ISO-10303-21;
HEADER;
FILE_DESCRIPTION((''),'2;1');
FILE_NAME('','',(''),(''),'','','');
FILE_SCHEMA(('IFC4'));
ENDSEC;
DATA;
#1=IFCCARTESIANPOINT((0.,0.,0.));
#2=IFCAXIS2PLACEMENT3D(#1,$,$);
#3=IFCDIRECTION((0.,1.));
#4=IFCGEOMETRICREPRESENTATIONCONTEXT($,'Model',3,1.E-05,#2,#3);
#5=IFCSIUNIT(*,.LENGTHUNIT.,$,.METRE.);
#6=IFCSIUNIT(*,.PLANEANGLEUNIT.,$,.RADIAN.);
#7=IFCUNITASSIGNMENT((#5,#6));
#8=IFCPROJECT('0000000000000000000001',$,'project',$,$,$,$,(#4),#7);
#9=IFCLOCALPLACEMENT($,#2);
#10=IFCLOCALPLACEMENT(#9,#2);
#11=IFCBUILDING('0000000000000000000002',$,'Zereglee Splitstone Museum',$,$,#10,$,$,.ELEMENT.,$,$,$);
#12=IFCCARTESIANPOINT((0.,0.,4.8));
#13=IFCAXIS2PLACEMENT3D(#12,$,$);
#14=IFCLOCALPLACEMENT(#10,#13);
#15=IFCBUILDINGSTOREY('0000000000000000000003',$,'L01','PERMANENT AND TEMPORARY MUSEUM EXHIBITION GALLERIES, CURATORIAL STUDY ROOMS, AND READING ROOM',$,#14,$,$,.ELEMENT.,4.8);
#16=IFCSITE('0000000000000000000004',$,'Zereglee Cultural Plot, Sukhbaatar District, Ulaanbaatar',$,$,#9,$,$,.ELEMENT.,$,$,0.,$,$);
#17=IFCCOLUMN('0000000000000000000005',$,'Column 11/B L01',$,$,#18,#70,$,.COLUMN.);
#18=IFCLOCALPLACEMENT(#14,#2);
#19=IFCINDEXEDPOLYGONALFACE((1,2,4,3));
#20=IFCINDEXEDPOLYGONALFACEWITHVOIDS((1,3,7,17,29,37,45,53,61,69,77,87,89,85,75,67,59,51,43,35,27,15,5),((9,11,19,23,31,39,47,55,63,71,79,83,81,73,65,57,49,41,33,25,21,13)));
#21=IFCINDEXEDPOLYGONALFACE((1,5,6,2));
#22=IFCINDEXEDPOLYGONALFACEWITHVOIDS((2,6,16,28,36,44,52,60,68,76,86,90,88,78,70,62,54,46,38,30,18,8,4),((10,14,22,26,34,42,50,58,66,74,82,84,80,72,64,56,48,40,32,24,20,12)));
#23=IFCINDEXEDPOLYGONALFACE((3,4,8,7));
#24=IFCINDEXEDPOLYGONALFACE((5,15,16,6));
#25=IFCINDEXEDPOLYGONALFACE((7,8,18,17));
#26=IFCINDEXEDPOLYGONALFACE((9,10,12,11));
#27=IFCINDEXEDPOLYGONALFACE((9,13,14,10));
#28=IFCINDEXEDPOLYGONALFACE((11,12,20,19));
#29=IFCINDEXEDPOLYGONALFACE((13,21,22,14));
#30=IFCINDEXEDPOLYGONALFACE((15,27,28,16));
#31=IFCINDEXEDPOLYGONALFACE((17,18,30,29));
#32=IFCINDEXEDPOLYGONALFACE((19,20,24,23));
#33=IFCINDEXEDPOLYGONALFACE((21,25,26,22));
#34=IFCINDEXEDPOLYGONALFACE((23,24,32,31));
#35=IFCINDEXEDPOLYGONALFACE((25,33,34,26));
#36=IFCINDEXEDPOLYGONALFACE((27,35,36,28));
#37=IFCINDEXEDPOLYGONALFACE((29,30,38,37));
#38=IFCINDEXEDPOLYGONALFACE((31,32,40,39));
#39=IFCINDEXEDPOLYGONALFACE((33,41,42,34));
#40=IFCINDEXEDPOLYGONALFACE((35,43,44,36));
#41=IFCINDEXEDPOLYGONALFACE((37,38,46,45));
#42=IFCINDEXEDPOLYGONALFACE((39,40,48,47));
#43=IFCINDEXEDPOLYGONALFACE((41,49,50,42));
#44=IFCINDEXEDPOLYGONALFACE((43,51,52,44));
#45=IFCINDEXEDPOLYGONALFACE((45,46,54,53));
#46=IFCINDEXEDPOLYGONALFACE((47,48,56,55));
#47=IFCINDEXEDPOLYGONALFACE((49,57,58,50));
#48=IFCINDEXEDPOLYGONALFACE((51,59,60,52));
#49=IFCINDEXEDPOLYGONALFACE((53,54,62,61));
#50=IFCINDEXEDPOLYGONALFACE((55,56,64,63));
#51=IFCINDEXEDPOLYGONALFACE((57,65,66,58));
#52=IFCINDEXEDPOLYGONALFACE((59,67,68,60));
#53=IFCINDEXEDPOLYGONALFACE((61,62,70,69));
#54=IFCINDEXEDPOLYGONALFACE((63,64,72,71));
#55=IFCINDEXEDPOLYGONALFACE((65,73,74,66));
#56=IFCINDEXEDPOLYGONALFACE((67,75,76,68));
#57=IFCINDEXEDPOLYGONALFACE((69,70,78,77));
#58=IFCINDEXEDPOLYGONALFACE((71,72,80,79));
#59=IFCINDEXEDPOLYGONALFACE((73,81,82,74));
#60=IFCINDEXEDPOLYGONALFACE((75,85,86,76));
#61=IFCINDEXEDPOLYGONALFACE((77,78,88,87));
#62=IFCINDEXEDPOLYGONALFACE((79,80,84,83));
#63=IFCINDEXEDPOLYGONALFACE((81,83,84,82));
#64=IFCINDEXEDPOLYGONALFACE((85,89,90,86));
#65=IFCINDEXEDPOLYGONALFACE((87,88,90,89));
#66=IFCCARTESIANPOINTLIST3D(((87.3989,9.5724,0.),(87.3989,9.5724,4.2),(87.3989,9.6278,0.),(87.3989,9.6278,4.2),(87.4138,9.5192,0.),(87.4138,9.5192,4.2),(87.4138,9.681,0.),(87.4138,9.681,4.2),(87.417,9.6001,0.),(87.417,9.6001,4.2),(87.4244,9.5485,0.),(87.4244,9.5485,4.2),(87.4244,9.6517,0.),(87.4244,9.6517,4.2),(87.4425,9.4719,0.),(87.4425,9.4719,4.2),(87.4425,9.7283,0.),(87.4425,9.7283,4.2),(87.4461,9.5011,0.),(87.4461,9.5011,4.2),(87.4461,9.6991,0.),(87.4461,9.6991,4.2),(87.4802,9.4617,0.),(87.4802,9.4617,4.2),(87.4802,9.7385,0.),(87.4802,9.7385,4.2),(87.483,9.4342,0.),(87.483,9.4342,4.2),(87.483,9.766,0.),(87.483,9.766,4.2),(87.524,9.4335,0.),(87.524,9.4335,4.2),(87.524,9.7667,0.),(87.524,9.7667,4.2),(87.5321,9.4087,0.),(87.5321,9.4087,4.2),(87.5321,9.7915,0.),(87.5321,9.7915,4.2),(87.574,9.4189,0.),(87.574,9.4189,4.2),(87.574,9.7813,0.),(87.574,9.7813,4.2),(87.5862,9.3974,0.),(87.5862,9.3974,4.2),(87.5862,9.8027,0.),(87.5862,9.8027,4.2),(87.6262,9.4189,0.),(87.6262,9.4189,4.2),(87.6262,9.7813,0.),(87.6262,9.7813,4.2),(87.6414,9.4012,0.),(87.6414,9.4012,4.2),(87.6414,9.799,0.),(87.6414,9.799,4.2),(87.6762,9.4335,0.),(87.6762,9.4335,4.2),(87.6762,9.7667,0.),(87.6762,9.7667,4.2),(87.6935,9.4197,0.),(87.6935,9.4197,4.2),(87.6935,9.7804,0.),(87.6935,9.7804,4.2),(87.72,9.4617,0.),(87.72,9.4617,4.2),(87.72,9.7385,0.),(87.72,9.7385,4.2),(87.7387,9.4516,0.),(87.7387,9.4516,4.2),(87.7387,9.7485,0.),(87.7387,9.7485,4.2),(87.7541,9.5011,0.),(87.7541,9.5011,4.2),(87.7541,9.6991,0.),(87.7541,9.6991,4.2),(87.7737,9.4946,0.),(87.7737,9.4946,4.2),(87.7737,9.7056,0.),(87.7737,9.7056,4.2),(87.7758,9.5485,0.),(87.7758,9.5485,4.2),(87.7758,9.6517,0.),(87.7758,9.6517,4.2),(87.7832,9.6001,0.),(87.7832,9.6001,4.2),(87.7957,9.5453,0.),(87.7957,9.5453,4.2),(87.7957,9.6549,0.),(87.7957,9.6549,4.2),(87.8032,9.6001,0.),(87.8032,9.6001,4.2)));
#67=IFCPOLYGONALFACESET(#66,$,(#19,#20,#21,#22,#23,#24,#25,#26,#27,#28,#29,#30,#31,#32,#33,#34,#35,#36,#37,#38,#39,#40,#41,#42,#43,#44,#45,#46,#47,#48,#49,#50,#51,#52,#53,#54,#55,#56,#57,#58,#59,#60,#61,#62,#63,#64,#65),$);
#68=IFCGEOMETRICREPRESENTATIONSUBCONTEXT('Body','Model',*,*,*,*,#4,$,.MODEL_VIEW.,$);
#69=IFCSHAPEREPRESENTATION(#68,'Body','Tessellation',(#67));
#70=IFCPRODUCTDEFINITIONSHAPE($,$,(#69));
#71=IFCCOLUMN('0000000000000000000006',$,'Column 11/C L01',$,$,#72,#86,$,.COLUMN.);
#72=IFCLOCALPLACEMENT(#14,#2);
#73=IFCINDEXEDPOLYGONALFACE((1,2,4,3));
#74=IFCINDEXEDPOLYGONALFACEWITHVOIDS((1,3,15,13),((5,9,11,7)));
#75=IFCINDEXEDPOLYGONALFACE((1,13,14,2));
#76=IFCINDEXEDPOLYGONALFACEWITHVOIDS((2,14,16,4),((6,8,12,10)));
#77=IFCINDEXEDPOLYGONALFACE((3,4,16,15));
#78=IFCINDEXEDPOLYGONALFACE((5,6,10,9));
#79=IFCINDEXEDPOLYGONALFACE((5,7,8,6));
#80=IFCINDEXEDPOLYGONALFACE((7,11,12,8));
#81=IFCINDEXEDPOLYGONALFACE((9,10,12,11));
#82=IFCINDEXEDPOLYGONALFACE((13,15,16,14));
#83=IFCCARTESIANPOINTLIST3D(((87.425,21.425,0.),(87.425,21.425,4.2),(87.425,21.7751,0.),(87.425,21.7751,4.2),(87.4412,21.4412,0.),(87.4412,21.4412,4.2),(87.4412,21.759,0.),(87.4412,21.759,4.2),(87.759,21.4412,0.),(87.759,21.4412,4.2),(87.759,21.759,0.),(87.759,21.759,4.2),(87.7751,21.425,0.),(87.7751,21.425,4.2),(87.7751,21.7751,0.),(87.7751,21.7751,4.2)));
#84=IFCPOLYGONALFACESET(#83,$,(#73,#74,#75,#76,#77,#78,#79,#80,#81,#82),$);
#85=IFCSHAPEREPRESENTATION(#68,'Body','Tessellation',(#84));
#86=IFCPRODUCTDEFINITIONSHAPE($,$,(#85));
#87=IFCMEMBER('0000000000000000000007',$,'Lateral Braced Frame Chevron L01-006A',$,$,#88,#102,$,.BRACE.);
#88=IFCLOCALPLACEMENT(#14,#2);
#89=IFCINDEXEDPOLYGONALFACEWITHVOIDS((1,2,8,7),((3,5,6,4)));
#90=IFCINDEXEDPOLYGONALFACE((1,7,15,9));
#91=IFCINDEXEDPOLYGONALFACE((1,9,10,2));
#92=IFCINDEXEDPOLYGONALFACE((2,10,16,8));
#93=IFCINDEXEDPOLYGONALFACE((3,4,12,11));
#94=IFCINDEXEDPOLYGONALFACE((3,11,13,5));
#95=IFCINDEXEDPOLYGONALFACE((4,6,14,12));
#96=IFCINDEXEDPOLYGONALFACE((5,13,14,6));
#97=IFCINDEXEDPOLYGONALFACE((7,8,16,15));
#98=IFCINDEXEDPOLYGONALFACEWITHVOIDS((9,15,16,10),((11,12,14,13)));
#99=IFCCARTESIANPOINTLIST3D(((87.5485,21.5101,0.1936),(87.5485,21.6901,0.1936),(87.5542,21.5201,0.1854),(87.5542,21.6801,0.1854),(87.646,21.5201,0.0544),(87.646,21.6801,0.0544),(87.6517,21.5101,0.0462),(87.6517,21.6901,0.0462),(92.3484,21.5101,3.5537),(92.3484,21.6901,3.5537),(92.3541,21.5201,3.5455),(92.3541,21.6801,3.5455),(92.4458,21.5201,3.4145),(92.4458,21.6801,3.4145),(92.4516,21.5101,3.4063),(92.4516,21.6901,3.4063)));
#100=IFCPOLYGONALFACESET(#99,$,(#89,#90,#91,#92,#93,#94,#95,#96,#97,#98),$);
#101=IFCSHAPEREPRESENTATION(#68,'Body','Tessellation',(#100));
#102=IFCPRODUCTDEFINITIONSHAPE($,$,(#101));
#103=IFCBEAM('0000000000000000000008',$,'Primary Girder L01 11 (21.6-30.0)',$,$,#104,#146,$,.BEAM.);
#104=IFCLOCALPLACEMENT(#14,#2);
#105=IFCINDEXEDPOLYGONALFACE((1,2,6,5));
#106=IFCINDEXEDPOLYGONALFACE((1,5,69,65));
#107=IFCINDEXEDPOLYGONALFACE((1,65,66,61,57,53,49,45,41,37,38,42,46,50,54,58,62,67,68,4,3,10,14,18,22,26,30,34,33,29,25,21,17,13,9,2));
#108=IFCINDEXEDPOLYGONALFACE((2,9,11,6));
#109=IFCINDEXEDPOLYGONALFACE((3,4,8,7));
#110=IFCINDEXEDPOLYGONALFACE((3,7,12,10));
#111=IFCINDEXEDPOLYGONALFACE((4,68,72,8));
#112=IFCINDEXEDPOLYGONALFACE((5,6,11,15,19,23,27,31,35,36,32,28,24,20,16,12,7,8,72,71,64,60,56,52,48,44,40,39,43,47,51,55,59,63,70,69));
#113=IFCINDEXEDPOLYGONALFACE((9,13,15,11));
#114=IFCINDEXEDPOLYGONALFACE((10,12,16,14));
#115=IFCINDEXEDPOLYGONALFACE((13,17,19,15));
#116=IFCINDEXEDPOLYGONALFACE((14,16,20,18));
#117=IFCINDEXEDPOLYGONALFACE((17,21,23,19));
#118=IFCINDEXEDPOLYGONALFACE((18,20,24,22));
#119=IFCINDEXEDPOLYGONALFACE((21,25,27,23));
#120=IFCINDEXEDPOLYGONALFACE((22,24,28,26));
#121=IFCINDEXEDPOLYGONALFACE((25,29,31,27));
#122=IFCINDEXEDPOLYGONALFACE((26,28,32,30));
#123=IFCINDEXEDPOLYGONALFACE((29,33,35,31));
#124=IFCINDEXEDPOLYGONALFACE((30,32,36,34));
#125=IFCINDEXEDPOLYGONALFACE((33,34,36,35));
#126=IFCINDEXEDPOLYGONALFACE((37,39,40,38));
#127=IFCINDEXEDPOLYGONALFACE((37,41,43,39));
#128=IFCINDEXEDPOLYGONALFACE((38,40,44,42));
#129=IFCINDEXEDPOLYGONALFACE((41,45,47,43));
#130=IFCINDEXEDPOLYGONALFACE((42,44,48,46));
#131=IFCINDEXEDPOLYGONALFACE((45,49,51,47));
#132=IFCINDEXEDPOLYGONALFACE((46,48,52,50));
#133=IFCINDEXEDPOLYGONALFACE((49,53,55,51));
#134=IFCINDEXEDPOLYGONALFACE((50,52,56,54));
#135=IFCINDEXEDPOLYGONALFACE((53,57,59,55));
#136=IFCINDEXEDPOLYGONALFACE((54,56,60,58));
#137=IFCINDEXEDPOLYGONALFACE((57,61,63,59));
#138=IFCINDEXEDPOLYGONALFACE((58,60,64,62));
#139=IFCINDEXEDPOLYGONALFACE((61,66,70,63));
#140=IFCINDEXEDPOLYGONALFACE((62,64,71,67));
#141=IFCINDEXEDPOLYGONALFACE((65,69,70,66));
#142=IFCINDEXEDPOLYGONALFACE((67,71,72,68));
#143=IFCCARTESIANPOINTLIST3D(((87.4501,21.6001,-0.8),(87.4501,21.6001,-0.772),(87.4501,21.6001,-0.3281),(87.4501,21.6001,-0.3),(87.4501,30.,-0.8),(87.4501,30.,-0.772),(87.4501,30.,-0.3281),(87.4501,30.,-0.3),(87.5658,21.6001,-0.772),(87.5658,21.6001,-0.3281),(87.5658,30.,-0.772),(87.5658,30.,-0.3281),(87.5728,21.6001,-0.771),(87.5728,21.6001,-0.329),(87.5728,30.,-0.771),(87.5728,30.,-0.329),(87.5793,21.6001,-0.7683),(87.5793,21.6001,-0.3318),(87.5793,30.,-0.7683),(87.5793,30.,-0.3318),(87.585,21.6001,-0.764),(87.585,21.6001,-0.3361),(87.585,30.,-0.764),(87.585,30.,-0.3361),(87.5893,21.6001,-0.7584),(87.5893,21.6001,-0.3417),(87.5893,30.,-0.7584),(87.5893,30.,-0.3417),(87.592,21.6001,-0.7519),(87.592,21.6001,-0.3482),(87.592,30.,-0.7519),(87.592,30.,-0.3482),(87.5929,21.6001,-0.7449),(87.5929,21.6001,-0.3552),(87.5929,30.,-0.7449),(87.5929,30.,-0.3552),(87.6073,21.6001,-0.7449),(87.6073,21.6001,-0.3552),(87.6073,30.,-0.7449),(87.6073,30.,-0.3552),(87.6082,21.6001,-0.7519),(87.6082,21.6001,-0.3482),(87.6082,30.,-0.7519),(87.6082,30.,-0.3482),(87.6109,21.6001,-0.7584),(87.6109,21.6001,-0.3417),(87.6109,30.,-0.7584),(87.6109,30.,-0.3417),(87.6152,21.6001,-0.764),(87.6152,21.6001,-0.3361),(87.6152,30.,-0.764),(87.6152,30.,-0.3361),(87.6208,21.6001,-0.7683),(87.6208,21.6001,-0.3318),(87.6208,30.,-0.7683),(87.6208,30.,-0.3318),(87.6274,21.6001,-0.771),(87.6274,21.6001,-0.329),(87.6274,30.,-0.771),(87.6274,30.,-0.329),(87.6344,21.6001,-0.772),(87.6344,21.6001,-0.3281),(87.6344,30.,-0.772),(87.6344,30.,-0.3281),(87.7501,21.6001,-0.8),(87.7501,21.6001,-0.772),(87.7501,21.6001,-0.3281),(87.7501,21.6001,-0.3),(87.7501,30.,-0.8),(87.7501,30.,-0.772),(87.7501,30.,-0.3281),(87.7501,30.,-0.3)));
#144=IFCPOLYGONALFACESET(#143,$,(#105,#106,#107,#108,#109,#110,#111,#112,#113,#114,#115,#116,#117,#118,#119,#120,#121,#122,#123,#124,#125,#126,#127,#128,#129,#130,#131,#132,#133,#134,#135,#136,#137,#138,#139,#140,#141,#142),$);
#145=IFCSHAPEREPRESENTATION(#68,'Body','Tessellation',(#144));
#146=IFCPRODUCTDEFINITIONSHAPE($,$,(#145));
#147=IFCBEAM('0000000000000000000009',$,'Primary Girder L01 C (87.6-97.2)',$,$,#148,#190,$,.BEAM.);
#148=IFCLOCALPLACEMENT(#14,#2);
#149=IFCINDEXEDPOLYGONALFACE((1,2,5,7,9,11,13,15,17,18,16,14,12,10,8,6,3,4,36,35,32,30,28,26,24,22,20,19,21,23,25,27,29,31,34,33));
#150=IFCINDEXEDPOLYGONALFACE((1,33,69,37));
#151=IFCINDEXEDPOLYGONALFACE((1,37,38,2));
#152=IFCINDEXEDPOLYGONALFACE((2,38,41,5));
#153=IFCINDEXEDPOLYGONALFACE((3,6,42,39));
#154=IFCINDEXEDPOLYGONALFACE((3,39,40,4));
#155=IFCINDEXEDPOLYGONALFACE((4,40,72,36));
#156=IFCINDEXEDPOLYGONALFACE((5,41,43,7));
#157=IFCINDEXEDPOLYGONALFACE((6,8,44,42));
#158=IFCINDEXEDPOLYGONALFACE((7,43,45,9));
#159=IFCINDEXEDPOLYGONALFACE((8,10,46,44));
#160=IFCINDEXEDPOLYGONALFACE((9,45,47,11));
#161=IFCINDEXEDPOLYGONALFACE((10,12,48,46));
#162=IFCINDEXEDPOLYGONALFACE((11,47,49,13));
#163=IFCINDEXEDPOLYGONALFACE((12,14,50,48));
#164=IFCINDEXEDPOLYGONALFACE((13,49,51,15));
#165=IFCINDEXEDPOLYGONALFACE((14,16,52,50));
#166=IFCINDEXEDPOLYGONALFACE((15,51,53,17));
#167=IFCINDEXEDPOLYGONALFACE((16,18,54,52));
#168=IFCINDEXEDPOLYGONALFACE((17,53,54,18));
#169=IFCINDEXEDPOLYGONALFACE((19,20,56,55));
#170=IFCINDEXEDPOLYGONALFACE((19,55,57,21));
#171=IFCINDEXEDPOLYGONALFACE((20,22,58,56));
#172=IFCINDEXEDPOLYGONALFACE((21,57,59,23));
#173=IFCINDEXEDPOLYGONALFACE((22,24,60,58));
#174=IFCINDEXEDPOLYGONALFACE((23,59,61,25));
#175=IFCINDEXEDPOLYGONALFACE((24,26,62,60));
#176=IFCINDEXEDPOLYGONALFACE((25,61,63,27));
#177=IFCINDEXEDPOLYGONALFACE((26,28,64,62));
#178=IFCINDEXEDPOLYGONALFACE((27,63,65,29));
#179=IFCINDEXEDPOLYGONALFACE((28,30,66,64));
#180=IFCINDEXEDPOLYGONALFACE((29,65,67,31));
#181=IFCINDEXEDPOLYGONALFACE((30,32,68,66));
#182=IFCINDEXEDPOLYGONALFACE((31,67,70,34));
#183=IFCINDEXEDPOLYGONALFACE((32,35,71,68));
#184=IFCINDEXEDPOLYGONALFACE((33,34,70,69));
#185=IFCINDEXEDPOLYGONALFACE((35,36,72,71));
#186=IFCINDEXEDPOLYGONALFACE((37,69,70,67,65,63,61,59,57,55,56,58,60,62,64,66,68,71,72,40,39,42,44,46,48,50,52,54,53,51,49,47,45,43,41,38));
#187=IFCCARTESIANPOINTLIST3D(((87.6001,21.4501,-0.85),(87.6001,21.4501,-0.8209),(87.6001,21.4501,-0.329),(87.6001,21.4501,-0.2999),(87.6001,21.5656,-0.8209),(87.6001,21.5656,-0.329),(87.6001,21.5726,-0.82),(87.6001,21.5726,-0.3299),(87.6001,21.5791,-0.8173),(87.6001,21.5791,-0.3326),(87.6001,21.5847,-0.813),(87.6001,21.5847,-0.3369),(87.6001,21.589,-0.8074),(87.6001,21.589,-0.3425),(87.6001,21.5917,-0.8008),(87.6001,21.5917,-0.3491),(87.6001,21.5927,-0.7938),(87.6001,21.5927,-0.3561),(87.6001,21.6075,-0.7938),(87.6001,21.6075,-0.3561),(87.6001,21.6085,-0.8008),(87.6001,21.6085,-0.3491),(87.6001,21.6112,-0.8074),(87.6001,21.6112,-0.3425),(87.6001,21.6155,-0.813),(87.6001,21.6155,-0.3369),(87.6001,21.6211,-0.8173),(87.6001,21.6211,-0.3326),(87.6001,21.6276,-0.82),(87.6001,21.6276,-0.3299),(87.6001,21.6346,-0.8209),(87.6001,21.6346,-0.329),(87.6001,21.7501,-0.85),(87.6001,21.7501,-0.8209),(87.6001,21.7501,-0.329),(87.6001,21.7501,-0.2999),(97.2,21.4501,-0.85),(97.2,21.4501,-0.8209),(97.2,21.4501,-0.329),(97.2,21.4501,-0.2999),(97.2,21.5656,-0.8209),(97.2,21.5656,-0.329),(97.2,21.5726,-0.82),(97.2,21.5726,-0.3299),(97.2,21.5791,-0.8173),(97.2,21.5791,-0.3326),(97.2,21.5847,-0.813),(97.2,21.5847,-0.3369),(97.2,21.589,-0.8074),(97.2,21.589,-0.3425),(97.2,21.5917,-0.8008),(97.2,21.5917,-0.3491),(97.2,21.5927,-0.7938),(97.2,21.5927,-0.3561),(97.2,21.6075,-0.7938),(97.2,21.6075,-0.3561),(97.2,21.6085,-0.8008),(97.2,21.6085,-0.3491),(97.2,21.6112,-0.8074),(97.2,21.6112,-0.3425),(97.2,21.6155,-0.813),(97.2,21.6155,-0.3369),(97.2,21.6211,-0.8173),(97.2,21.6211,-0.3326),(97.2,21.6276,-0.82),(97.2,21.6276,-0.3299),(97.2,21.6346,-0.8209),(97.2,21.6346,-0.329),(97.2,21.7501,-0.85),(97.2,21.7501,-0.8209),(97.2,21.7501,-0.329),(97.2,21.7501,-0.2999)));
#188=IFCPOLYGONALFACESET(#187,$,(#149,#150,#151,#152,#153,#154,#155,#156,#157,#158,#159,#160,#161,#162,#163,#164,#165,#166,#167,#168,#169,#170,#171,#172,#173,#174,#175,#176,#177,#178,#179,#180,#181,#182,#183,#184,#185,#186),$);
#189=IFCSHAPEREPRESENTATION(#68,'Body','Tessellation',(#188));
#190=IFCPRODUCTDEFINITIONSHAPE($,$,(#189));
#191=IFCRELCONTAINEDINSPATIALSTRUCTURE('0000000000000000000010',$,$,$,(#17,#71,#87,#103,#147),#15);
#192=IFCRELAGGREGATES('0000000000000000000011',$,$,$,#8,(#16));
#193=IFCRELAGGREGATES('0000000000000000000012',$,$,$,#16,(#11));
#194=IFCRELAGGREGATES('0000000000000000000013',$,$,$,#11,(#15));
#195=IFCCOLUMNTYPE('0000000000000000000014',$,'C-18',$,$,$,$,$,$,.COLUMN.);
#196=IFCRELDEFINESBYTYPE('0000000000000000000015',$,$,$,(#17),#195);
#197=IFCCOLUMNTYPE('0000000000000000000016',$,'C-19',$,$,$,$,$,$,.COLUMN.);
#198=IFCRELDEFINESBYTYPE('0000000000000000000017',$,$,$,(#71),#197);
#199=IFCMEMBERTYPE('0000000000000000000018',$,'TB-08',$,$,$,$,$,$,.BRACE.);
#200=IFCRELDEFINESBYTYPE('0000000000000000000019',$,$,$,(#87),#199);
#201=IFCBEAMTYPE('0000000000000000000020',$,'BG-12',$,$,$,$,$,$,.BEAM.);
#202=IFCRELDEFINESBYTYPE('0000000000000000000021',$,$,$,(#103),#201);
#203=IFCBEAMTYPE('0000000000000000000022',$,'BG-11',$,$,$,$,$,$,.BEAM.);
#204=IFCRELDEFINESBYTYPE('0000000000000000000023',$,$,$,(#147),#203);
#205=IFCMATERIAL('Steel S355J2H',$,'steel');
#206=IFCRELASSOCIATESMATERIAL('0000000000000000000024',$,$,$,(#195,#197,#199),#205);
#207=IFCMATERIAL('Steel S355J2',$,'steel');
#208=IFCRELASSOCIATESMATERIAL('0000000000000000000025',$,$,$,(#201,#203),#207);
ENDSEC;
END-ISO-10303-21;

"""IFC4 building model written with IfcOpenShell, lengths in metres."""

from ifc_helpers import new_model, si_unit, direction, frame, origin, origin_2d, place, context, subcontext, project, spatial, hollow_rectangle, hollow_circle, i_section, extrude, material, material_profile, profile_set, type_object, element, save


model = new_model("IFC4")

# Units and contexts
model_context = context("Model", 3, precision=1e-05, world=origin(), true_north=direction((0.0, 1.0)))
body_context = subcontext(model_context, "Body", "Model", "MODEL_VIEW")
ifc_project = project(units=[si_unit("LENGTHUNIT", "METRE"), si_unit("PLANEANGLEUNIT", "RADIAN")], contexts=[model_context])

# Site, building, storey
site_placement = place(None, origin())
site = spatial("IfcSite", under=ifc_project, at=site_placement, Name="Zereglee Cultural Plot, Sukhbaatar District, Ulaanbaatar", CompositionType="ELEMENT", RefElevation=0.0)
building_placement = place(site_placement, origin())
building = spatial("IfcBuilding", under=site, at=building_placement, Name="Zereglee Splitstone Museum", CompositionType="ELEMENT")
storey_placement = place(building_placement, frame((0.0, 0.0, 4.8)))
storey = spatial("IfcBuildingStorey", under=building, at=storey_placement, Name="L01", Description="PERMANENT AND TEMPORARY MUSEUM EXHIBITION GALLERIES, CURATORIAL STUDY ROOMS, AND READING ROOM", CompositionType="ELEMENT", Elevation=4.8)

# Columns
ifc_material_1 = material(Name="Steel S355J2H", Category="steel")
ifc_material_profile_1 = material_profile(ifc_material_1, hollow_circle(Radius=0.2031, WallThickness=0.02, at=origin_2d()), Name="CHS 406.4x20")
ifc_profile_set_1 = profile_set([ifc_material_profile_1], Name="Steel S355J2H")
column_type_1 = type_object("IfcColumnType", Name="C-18", PredefinedType="COLUMN", material=ifc_profile_set_1)
column_1_placement = place(storey_placement, frame((87.6001, 9.6001, 0.0), z_axis=(0.0, 0.0, 1.0), x_axis=(1.0, 0.0, 0.0)))
element("IfcColumn", 1, at=column_1_placement, inside=storey, type_object=column_type_1, Name="Column 11/B L01", PredefinedType="COLUMN", context=body_context, shape_type="SweptSolid", body=[
    extrude(hollow_circle(Radius=0.2031, WallThickness=0.02, at=origin_2d()), origin(), (0.0, 0.0, 1.0), 4.2),
])
ifc_material_profile_2 = material_profile(ifc_material_1, hollow_rectangle(XDim=0.3501, YDim=0.3501, WallThickness=0.0161, at=origin_2d()), Name="SHS 350x350x16")
ifc_profile_set_2 = profile_set([ifc_material_profile_2], Name="Steel S355J2H")
column_type_2 = type_object("IfcColumnType", Name="C-19", PredefinedType="COLUMN", material=ifc_profile_set_2)
column_2_placement = place(storey_placement, frame((87.6001, 21.6001, 0.0), z_axis=(0.0, 0.0, 1.0), x_axis=(1.0, 0.0, 0.0)))
element("IfcColumn", 2, at=column_2_placement, inside=storey, type_object=column_type_2, Name="Column 11/C L01", PredefinedType="COLUMN", context=body_context, shape_type="SweptSolid", body=[
    extrude(hollow_rectangle(XDim=0.3501, YDim=0.3501, WallThickness=0.0161, at=origin_2d()), origin(), (0.0, 0.0, 1.0), 4.2),
])

# Member
ifc_material_profile_3 = material_profile(ifc_material_1, hollow_rectangle(XDim=0.1799, YDim=0.1799, WallThickness=0.01, at=origin_2d()), Name="SHS 180x180x10")
ifc_profile_set_3 = profile_set([ifc_material_profile_3], Name="Steel S355J2H")
member_type_1 = type_object("IfcMemberType", Name="TB-08", PredefinedType="BRACE", material=ifc_profile_set_3)
member_1_placement = place(storey_placement, frame((87.6001, 21.6001, 0.1199), z_axis=(0.819212, 0.0, 0.57349), x_axis=(0.0, 1.0, 0.0)))
element("IfcMember", 3, at=member_1_placement, inside=storey, type_object=member_type_1, Name="Lateral Braced Frame Chevron L01-006A", PredefinedType="BRACE", context=body_context, shape_type="SweptSolid", body=[
    extrude(hollow_rectangle(XDim=0.1799, YDim=0.1799, WallThickness=0.01, at=origin_2d()), origin(), (0.0, 0.0, 1.0), 5.8591),
])

# Beams
ifc_material_2 = material(Name="Steel S355J2", Category="steel")
ifc_material_profile_4 = material_profile(ifc_material_2, i_section(OverallWidth=0.3, OverallDepth=0.5, WebThickness=0.0144, FlangeThickness=0.0281, FilletRadius=0.0271, at=origin_2d()), Name="HE 500 B")
ifc_profile_set_4 = profile_set([ifc_material_profile_4], Name="Steel S355J2")
beam_type_1 = type_object("IfcBeamType", Name="BG-12", PredefinedType="BEAM", material=ifc_profile_set_4)
beam_1_placement = place(storey_placement, frame((87.6001, 21.6001, -0.55), z_axis=(0.0, 1.0, 0.0), x_axis=(-1.0, 0.0, 0.0)))
element("IfcBeam", 4, at=beam_1_placement, inside=storey, type_object=beam_type_1, Name="Primary Girder L01 11 (21.6-30.0)", PredefinedType="BEAM", context=body_context, shape_type="SweptSolid", body=[
    extrude(i_section(OverallWidth=0.3, OverallDepth=0.5, WebThickness=0.0144, FlangeThickness=0.0281, FilletRadius=0.0271, at=origin_2d()), origin(), (0.0, 0.0, 1.0), 8.3999),
])
ifc_material_profile_5 = material_profile(ifc_material_2, i_section(OverallWidth=0.3, OverallDepth=0.55, WebThickness=0.0149, FlangeThickness=0.0291, FilletRadius=0.0271, at=origin_2d()), Name="HE 550 B")
ifc_profile_set_5 = profile_set([ifc_material_profile_5], Name="Steel S355J2")
beam_type_2 = type_object("IfcBeamType", Name="BG-11", PredefinedType="BEAM", material=ifc_profile_set_5)
beam_2_placement = place(storey_placement, frame((87.6001, 21.6001, -0.575), z_axis=(1.0, 0.0, 0.0), x_axis=(0.0, 1.0, 0.0)))
element("IfcBeam", 5, at=beam_2_placement, inside=storey, type_object=beam_type_2, Name="Primary Girder L01 C (87.6-97.2)", PredefinedType="BEAM", context=body_context, shape_type="SweptSolid", body=[
    extrude(i_section(OverallWidth=0.3, OverallDepth=0.55, WebThickness=0.0149, FlangeThickness=0.0291, FilletRadius=0.0271, at=origin_2d()), origin(), (0.0, 0.0, 1.0), 9.5999),
])

save(model, "model.ifc")
